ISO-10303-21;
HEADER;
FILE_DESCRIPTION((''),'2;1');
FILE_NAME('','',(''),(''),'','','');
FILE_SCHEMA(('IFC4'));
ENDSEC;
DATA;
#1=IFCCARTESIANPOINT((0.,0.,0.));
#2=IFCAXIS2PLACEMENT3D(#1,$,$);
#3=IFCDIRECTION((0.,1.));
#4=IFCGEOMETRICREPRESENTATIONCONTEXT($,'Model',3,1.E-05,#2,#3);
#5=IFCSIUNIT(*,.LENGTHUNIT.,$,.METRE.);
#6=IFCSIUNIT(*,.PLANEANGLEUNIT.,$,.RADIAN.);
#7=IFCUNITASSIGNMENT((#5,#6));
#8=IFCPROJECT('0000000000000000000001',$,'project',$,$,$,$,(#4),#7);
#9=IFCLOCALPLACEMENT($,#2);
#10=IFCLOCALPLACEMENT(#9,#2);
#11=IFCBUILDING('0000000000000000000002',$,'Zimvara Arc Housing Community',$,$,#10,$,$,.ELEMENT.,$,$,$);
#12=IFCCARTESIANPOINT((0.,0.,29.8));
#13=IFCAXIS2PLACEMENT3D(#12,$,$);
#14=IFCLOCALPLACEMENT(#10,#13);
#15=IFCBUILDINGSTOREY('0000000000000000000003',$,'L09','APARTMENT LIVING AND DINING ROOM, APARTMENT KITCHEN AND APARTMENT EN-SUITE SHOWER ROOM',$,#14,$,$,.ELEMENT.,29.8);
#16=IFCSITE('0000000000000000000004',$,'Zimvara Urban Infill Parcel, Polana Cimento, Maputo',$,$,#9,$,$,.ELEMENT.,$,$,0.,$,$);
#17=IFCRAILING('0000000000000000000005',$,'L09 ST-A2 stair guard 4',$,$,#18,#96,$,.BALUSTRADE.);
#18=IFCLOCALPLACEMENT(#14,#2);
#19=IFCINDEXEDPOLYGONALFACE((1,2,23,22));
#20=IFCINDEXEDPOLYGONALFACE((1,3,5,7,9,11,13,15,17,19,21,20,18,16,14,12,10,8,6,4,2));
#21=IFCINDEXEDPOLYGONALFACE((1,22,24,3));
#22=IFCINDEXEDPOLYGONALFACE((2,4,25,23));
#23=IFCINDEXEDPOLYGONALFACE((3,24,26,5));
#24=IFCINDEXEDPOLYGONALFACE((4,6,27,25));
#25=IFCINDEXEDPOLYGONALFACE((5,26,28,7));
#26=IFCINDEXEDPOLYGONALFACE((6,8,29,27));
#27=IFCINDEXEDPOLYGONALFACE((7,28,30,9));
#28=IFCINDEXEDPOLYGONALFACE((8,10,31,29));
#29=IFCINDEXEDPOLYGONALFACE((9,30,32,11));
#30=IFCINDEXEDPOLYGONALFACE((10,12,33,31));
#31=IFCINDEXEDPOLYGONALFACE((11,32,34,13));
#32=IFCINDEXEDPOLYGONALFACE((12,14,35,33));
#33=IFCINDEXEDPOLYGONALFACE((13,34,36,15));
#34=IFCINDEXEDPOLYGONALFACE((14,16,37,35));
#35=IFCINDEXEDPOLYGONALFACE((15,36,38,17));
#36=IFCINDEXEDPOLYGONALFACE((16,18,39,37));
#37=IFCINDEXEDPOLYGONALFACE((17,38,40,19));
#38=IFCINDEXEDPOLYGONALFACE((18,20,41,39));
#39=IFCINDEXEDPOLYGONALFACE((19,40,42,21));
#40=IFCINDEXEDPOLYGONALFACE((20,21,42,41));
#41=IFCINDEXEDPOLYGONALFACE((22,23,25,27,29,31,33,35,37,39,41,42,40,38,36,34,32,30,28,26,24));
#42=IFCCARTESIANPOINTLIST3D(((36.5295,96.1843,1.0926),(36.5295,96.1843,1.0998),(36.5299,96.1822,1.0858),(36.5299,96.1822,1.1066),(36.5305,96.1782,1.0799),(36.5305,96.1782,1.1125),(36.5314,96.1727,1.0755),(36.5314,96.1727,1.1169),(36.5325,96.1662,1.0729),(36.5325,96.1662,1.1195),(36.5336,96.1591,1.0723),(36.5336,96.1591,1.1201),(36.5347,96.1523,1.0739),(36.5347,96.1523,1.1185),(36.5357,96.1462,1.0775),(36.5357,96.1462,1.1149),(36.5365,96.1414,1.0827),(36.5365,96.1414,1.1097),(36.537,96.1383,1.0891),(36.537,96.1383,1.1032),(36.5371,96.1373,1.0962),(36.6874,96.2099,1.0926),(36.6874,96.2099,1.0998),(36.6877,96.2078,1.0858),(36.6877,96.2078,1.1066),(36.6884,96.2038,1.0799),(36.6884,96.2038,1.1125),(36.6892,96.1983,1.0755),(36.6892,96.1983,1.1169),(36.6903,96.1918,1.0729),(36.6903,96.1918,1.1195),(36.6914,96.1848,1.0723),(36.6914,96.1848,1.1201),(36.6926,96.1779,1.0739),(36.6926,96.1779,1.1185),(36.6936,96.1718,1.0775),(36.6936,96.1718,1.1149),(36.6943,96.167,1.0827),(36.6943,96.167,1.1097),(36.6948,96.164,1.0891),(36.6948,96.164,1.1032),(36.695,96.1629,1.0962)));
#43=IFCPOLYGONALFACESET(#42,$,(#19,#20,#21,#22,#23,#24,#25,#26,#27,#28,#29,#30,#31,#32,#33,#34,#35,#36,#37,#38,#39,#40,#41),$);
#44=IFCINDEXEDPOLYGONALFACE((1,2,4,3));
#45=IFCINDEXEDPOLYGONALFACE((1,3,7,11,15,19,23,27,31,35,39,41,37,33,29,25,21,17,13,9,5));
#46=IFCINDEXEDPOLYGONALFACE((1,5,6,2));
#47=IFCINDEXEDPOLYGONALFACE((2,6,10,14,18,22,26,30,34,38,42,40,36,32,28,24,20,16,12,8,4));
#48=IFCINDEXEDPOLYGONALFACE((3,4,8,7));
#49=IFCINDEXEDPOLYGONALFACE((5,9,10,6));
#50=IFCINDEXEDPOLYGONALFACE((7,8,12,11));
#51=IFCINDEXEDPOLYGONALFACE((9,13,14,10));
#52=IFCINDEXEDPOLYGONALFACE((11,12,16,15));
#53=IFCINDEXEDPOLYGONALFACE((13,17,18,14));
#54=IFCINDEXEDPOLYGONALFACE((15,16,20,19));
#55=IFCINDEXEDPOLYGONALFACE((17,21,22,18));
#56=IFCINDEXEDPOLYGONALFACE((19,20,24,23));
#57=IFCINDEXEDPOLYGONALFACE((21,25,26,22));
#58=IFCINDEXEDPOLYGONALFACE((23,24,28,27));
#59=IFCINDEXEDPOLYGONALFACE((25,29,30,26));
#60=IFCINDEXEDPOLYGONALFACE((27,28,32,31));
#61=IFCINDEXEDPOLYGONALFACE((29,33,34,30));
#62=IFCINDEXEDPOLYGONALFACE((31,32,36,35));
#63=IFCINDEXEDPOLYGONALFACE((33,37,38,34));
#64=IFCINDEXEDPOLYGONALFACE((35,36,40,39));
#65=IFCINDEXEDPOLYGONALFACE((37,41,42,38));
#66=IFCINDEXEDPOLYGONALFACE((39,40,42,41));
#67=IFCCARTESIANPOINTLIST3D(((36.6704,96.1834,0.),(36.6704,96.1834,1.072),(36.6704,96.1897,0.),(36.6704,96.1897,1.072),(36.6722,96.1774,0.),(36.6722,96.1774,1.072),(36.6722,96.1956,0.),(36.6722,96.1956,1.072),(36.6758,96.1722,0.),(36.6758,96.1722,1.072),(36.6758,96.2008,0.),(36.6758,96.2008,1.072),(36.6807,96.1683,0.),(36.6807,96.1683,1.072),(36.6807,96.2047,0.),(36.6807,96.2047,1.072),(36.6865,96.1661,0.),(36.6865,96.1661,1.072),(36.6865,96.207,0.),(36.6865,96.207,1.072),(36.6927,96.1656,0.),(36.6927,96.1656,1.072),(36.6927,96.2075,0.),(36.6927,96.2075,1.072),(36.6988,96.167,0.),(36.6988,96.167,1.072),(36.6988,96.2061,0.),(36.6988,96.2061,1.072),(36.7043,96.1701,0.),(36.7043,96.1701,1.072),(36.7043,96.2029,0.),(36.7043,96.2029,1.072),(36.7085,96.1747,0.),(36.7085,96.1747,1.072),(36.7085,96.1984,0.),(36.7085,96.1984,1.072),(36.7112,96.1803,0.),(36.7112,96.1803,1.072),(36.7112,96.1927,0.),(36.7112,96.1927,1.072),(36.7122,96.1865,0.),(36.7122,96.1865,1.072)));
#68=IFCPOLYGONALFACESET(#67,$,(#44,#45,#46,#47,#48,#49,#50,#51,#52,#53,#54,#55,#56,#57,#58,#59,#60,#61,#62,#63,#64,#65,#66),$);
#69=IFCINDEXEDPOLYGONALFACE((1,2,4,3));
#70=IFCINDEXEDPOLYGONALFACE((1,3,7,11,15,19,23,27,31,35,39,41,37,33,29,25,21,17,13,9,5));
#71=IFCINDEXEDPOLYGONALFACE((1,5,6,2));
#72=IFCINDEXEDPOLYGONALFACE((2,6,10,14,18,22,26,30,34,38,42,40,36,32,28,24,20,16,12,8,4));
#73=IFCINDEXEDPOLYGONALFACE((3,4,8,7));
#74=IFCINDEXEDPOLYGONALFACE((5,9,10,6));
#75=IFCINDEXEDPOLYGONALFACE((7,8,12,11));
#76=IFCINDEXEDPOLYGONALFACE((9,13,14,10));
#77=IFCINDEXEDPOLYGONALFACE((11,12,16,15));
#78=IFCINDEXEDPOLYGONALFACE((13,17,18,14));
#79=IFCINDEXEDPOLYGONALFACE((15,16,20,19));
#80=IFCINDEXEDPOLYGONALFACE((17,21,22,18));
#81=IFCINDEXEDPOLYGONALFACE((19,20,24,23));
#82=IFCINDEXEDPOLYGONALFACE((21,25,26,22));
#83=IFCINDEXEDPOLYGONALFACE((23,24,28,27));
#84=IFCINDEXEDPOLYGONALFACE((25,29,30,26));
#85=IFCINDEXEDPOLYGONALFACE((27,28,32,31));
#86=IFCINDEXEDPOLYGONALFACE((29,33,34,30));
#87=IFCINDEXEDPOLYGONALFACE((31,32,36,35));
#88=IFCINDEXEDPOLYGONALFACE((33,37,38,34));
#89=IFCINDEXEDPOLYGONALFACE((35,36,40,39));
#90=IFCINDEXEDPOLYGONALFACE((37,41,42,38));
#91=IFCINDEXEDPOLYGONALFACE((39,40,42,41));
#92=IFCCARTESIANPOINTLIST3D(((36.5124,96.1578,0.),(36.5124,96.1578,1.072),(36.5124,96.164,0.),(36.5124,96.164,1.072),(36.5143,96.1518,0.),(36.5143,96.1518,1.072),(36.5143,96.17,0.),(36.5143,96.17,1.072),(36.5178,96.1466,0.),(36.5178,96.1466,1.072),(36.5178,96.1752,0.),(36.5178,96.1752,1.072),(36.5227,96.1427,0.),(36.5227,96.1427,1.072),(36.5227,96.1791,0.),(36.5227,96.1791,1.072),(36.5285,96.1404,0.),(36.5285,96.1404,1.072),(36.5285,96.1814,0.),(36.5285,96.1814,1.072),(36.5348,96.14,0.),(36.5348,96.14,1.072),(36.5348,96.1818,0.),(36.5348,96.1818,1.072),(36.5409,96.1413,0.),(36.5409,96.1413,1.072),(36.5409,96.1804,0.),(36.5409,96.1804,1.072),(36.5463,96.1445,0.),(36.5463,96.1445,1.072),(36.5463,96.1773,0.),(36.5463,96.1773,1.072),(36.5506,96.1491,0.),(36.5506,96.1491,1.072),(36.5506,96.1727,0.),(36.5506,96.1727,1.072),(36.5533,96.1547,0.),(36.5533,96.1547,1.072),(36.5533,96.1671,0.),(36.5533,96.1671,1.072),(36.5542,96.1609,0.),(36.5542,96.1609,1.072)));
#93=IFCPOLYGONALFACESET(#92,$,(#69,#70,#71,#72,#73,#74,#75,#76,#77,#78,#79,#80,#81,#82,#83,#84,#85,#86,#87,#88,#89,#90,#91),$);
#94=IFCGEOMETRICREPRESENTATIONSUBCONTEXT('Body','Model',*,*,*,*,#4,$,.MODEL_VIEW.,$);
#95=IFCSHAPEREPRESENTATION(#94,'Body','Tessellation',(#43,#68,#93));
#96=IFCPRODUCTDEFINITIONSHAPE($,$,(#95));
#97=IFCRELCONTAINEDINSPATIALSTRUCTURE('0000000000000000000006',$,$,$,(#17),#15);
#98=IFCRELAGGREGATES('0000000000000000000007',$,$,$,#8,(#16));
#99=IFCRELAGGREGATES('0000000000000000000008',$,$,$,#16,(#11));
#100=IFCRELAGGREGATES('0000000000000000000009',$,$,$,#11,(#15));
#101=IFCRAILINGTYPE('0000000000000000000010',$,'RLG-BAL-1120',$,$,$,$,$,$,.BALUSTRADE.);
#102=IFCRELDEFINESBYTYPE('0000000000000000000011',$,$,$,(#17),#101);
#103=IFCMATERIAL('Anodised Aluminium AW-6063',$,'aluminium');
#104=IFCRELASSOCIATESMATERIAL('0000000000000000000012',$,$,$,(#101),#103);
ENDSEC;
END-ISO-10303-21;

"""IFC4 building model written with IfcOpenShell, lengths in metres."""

from ifc_helpers import new_model, si_unit, direction, frame, origin, origin_2d, place, context, subcontext, project, spatial, circle, extrude, material, type_object, element, save


model = new_model("IFC4")

# Units and contexts
model_context = context("Model", 3, precision=1e-05, world=origin(), true_north=direction((0.0, 1.0)))
body_context = subcontext(model_context, "Body", "Model", "MODEL_VIEW")
ifc_project = project(units=[si_unit("LENGTHUNIT", "METRE"), si_unit("PLANEANGLEUNIT", "RADIAN")], contexts=[model_context])

# Site, building, storey
site_placement = place(None, origin())
site = spatial("IfcSite", under=ifc_project, at=site_placement, Name="Zimvara Urban Infill Parcel, Polana Cimento, Maputo", CompositionType="ELEMENT", RefElevation=0.0)
building_placement = place(site_placement, origin())
building = spatial("IfcBuilding", under=site, at=building_placement, Name="Zimvara Arc Housing Community", CompositionType="ELEMENT")
storey_placement = place(building_placement, frame((0.0, 0.0, 29.8)))
storey = spatial("IfcBuildingStorey", under=building, at=storey_placement, Name="L09", Description="APARTMENT LIVING AND DINING ROOM, APARTMENT KITCHEN AND APARTMENT EN-SUITE SHOWER ROOM", CompositionType="ELEMENT", Elevation=29.8)

# Railing
ifc_material_1 = material(Name="Anodised Aluminium AW-6063", Category="aluminium")
railing_type_1 = type_object("IfcRailingType", Name="RLG-BAL-1120", PredefinedType="BALUSTRADE", material=ifc_material_1)
railing_1_placement = place(storey_placement, frame((36.6912, 96.1865, 0.0)))
element("IfcRailing", 1, at=railing_1_placement, inside=storey, type_object=railing_type_1, Name="L09 ST-A2 stair guard 4", PredefinedType="BALUSTRADE", context=body_context, shape_type="SweptSolid", body=[
    extrude(circle(Radius=0.0239, at=origin_2d()), frame((0.0, 0.0, 1.0962), z_axis=(-0.987086, -0.160192, 0.0), x_axis=(0.160192, -0.987086, 0.0)), (0.0, 0.0, 1.0), 0.1599),
    extrude(circle(Radius=0.021, at=origin_2d()), origin(), (0.0, 0.0, 1.0), 1.072),
    extrude(circle(Radius=0.021, at=origin_2d()), frame((-0.158, -0.0256, 0.0)), (0.0, 0.0, 1.0), 1.072),
])

save(model, "model.ifc")
